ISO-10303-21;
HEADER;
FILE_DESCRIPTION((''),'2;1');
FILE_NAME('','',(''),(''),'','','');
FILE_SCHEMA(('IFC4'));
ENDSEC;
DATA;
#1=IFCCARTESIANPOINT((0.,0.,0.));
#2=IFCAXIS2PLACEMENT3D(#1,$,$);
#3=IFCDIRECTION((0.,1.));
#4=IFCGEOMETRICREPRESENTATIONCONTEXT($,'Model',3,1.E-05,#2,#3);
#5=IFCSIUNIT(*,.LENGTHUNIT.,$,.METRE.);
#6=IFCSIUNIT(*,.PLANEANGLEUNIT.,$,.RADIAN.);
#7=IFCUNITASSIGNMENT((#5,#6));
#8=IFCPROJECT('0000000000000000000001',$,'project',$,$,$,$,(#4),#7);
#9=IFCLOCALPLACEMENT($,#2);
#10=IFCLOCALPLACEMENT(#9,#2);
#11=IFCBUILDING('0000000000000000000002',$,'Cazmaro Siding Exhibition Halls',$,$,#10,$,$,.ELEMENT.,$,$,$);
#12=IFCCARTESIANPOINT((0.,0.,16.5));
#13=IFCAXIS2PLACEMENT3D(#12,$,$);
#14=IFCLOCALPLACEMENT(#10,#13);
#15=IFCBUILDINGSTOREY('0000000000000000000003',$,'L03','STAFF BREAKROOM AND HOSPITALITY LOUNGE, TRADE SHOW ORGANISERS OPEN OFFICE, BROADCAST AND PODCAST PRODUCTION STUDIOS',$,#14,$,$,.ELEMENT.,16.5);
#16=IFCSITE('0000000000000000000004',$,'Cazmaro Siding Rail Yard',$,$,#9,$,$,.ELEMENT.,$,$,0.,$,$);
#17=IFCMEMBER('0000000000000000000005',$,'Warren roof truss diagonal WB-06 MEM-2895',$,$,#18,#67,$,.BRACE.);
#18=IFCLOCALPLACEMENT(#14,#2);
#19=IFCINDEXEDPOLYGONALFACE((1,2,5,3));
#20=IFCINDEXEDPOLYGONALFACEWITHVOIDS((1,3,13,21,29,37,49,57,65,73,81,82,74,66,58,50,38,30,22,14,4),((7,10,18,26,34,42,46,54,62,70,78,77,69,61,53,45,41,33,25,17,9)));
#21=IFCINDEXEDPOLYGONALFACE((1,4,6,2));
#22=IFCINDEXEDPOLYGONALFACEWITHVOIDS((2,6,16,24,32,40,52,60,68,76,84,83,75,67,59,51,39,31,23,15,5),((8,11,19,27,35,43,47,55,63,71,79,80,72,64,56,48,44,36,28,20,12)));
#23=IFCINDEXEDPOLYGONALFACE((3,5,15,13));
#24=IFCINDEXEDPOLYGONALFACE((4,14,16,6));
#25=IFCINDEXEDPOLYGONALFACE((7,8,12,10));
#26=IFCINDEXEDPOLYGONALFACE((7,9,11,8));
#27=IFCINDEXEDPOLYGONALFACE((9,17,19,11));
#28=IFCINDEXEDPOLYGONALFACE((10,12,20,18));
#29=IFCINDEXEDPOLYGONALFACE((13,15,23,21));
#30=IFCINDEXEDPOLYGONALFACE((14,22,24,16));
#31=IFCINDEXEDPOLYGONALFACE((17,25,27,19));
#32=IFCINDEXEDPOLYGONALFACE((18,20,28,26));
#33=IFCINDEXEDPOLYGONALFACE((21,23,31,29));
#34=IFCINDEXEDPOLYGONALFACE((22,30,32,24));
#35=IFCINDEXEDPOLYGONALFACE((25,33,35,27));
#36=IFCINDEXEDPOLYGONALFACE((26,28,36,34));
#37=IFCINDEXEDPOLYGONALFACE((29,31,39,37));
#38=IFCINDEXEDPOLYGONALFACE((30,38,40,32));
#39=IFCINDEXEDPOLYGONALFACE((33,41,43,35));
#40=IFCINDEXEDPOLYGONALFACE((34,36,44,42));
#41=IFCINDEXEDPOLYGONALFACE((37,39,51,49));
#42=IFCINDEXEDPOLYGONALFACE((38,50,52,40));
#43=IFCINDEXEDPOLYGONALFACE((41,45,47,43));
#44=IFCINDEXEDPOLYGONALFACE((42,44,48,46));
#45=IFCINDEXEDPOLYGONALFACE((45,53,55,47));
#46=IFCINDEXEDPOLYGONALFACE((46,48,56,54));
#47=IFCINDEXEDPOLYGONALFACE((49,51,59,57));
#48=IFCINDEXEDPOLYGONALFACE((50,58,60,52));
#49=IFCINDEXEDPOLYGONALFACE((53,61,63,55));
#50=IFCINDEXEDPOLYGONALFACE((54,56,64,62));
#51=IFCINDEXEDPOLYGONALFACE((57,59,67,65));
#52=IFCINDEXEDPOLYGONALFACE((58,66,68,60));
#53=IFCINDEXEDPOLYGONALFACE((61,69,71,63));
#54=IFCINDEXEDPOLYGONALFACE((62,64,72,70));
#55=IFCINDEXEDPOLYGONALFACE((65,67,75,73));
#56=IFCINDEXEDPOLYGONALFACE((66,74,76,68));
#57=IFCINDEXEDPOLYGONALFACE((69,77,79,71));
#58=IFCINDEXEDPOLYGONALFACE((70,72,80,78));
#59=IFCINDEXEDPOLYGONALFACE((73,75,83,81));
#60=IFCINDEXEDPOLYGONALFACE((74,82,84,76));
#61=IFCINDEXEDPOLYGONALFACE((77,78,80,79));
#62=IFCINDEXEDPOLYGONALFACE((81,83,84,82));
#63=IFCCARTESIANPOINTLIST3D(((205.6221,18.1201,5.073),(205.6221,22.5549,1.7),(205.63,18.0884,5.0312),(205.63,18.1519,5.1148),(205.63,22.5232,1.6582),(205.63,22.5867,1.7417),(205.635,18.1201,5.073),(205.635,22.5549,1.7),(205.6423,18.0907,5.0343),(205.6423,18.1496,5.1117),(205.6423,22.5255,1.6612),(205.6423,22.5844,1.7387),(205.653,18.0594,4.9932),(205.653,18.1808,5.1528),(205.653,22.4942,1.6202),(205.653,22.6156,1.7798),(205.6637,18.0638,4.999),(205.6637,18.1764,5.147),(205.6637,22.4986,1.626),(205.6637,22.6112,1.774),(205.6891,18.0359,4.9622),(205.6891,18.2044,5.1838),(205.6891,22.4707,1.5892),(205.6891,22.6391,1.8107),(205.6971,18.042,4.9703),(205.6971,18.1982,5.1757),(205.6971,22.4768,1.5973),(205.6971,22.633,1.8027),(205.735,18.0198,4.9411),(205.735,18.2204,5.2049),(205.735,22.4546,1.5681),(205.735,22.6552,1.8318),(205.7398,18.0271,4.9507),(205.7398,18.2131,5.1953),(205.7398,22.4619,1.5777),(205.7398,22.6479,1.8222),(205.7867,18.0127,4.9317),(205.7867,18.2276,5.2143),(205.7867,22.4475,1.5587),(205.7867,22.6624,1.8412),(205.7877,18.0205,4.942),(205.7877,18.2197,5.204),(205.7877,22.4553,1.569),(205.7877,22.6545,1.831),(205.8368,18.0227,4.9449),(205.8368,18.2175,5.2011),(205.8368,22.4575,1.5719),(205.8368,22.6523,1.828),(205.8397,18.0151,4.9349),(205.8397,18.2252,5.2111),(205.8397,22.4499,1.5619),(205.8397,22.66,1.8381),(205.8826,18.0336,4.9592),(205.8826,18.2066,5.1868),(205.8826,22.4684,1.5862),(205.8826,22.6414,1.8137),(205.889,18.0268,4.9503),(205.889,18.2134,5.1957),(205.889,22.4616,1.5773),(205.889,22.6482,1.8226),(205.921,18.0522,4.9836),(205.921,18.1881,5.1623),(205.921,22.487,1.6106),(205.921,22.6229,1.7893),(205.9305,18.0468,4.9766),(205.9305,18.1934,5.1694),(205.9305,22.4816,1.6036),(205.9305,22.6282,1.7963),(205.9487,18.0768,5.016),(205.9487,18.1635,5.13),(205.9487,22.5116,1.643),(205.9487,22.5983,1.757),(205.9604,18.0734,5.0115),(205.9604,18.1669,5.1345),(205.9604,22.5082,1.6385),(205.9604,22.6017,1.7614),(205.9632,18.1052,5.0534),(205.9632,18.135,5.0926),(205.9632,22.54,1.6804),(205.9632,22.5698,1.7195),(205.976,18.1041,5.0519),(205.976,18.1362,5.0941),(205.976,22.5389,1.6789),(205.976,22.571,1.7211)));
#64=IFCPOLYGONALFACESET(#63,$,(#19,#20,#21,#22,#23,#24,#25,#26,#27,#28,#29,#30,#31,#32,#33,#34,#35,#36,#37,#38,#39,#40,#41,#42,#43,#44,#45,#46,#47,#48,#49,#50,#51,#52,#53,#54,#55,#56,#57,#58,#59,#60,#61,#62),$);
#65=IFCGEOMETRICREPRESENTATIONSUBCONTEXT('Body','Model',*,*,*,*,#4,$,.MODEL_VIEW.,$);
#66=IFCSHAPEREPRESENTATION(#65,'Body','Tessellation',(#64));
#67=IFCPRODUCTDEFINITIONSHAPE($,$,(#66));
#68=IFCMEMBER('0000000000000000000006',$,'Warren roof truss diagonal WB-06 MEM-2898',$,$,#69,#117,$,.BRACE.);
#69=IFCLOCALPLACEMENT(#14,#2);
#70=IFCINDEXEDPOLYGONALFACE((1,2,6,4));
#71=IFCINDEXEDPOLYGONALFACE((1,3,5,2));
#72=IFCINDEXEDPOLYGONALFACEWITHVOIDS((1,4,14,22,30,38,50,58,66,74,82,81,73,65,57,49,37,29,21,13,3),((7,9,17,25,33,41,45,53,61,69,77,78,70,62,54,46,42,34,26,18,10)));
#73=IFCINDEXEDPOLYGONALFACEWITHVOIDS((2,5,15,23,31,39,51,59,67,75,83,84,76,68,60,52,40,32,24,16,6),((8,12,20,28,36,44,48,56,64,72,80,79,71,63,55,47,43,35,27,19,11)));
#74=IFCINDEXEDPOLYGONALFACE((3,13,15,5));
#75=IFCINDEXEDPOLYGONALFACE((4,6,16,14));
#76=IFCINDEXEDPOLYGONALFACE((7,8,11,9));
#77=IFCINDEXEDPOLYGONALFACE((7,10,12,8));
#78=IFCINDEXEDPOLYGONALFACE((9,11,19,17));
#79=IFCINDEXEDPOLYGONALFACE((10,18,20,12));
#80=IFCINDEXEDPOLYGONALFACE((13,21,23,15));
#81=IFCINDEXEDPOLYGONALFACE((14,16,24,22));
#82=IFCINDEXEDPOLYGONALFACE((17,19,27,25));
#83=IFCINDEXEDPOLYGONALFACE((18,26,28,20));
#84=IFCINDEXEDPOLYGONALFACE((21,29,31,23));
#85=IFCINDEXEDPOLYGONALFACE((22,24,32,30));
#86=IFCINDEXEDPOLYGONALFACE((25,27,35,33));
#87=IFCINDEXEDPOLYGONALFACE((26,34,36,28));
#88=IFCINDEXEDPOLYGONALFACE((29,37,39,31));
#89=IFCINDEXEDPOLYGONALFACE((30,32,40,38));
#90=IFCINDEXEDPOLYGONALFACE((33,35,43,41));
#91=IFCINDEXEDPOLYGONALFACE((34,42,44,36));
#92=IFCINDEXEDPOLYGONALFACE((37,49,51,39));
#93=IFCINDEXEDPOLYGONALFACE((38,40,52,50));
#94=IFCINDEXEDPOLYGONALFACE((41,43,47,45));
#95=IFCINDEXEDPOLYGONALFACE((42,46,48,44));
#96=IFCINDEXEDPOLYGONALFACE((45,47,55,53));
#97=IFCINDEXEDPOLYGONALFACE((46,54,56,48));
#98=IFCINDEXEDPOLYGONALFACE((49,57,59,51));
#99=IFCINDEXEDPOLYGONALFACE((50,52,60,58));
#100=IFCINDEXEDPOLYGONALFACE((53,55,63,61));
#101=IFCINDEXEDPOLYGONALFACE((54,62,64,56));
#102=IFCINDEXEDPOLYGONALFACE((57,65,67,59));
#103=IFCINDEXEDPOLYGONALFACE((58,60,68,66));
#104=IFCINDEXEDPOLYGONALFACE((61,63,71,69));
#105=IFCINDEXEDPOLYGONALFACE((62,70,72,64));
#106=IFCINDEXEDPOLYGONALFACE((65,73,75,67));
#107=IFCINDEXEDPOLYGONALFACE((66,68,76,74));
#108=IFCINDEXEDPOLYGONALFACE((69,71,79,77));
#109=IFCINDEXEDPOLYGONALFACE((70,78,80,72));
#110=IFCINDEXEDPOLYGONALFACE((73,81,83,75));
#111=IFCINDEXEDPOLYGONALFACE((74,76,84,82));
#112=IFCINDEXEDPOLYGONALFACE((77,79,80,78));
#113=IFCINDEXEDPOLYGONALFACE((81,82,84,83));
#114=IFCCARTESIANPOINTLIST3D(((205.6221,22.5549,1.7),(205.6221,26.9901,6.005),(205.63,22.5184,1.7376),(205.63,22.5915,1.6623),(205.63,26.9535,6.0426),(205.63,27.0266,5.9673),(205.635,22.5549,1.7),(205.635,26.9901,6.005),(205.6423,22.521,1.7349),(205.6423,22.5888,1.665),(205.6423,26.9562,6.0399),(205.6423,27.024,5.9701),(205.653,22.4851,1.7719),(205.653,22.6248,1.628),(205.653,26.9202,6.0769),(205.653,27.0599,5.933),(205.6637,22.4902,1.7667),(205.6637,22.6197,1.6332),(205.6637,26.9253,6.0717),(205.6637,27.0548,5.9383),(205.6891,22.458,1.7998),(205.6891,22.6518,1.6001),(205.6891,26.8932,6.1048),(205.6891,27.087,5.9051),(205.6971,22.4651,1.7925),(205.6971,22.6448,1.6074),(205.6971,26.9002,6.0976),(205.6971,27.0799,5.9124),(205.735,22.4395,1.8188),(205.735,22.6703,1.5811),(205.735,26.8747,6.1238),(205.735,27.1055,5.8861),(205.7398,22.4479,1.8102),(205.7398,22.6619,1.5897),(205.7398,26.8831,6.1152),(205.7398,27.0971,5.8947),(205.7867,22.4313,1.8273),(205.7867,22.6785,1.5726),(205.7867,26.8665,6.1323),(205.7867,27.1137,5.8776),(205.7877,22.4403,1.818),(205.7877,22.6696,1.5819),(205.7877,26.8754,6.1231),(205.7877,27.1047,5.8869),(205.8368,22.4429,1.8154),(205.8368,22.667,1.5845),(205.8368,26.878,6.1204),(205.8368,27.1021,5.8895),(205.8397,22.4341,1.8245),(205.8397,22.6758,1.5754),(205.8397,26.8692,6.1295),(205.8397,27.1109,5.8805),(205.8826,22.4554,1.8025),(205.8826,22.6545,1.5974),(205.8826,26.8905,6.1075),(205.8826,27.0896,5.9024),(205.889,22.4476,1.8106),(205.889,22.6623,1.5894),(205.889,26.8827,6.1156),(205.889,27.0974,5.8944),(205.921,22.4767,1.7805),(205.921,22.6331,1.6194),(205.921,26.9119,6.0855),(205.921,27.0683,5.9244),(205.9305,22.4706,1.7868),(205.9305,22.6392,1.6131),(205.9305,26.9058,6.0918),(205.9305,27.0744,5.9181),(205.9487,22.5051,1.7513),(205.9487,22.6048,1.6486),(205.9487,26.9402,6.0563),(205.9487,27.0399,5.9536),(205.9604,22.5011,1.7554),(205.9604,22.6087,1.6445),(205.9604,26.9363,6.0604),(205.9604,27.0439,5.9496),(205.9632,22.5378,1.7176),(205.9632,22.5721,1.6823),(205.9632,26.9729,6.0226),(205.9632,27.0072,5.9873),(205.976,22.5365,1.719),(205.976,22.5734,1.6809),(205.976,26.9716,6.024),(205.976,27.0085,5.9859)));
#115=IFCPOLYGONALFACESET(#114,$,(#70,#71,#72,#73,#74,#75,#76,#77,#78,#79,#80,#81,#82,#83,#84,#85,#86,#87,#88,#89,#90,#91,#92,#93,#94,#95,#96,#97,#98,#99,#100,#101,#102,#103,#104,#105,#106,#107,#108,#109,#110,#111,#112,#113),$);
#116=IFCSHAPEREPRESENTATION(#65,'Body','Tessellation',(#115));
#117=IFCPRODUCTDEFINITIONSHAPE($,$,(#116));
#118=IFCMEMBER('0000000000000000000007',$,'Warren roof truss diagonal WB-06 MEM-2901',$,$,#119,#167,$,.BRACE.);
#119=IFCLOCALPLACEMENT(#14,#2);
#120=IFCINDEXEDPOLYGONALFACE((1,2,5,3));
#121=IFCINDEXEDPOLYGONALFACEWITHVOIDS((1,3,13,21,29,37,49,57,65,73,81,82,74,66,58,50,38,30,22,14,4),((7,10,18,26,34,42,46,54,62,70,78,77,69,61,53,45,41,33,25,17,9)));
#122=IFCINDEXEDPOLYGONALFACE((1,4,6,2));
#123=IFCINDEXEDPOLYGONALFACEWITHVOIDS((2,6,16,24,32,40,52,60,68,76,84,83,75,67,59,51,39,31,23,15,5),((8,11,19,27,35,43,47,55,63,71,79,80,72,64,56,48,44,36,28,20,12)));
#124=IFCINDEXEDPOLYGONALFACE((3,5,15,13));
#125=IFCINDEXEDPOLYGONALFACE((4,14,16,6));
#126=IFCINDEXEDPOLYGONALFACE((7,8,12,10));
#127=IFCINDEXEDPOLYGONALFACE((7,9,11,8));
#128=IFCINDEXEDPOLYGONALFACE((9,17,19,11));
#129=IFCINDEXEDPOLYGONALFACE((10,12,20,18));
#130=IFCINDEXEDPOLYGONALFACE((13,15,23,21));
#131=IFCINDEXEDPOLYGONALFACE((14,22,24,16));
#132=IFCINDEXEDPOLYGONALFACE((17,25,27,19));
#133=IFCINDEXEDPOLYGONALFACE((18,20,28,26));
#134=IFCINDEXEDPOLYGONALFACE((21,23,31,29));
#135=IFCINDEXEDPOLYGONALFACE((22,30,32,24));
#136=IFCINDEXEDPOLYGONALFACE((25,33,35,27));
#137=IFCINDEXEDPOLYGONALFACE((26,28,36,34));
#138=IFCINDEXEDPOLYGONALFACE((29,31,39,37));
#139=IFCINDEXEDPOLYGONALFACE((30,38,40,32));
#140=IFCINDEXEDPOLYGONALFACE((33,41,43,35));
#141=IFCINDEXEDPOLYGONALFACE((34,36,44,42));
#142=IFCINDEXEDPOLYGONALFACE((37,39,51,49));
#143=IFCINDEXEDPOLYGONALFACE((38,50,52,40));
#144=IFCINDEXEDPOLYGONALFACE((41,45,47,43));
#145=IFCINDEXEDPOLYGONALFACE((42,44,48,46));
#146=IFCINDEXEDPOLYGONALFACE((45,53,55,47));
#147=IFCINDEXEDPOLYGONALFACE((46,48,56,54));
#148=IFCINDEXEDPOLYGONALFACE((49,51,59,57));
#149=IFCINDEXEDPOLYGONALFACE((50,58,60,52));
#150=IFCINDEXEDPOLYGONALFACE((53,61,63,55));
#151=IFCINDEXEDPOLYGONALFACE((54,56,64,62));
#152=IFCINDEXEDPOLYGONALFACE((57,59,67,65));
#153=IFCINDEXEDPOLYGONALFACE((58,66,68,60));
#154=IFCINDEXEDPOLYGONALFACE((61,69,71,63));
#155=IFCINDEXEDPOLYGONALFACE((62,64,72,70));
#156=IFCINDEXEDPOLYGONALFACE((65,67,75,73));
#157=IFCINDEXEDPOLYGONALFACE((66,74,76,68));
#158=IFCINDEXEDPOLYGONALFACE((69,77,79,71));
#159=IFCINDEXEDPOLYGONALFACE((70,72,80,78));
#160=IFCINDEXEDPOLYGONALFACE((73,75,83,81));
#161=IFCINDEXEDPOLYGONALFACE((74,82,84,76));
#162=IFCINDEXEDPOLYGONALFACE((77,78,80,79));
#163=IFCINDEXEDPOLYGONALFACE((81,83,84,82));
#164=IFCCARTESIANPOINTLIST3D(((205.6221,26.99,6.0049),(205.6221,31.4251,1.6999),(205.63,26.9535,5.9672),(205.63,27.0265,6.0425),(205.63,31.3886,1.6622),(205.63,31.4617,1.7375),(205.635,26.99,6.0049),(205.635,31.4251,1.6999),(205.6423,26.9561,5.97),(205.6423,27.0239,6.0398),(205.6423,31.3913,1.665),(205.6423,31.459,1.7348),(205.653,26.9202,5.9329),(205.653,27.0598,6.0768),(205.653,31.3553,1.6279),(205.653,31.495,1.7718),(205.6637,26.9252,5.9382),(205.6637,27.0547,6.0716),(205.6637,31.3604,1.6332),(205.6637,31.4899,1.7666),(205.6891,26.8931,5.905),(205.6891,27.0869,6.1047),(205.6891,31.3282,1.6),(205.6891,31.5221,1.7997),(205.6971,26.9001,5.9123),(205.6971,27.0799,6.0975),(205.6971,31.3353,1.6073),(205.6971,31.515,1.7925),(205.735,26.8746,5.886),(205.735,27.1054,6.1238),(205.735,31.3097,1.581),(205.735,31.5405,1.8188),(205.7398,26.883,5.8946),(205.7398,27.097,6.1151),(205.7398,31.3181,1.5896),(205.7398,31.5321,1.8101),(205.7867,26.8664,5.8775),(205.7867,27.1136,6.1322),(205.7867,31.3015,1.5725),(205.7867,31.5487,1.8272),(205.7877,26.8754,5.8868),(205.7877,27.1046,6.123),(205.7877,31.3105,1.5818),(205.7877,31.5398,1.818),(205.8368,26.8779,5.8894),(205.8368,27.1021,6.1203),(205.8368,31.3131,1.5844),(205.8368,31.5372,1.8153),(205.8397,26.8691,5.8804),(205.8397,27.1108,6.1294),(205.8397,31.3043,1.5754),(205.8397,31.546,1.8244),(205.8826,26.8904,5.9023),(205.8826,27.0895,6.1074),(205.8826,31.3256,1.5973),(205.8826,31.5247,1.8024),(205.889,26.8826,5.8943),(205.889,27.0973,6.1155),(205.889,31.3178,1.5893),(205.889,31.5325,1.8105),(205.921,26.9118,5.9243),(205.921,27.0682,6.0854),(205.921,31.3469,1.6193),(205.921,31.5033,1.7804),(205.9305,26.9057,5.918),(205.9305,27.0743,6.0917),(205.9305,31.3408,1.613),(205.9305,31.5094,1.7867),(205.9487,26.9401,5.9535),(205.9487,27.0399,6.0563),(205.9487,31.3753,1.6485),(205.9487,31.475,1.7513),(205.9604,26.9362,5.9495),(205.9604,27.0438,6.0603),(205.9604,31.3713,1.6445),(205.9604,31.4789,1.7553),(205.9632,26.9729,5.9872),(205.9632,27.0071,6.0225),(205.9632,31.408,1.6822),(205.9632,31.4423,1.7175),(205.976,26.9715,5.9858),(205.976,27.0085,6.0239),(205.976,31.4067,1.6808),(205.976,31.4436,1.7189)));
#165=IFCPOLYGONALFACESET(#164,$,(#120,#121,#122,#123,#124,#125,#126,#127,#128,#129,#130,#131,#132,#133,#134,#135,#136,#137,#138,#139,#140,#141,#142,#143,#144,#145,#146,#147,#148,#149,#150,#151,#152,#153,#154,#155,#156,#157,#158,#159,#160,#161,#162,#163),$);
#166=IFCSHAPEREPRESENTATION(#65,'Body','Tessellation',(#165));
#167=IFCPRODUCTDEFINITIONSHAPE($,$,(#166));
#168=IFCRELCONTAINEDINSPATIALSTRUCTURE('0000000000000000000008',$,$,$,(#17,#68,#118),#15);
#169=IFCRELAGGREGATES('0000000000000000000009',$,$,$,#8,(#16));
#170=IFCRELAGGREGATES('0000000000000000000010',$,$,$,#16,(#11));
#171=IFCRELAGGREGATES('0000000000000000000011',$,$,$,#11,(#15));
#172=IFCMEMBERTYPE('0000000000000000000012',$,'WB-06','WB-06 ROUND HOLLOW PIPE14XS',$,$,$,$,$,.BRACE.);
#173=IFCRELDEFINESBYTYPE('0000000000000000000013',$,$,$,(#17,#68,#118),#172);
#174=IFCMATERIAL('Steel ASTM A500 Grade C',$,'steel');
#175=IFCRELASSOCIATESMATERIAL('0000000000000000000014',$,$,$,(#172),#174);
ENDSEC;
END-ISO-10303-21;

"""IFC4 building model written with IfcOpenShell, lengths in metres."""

from ifc_helpers import new_model, si_unit, direction, frame, origin, origin_2d, place, context, subcontext, project, spatial, hollow_circle, extrude, material, material_profile, profile_set, type_object, element, save


model = new_model("IFC4")

# Units and contexts
model_context = context("Model", 3, precision=1e-05, world=origin(), true_north=direction((0.0, 1.0)))
body_context = subcontext(model_context, "Body", "Model", "MODEL_VIEW")
ifc_project = project(units=[si_unit("LENGTHUNIT", "METRE"), si_unit("PLANEANGLEUNIT", "RADIAN")], contexts=[model_context])

# Site, building, storey
site_placement = place(None, origin())
site = spatial("IfcSite", under=ifc_project, at=site_placement, Name="Cazmaro Siding Rail Yard", CompositionType="ELEMENT", RefElevation=0.0)
building_placement = place(site_placement, origin())
building = spatial("IfcBuilding", under=site, at=building_placement, Name="Cazmaro Siding Exhibition Halls", CompositionType="ELEMENT")
storey_placement = place(building_placement, frame((0.0, 0.0, 16.5)))
storey = spatial("IfcBuildingStorey", under=building, at=storey_placement, Name="L03", Description="STAFF BREAKROOM AND HOSPITALITY LOUNGE, TRADE SHOW ORGANISERS OPEN OFFICE, BROADCAST AND PODCAST PRODUCTION STUDIOS", CompositionType="ELEMENT", Elevation=16.5)

# Members
ifc_material_1 = material(Name="Steel ASTM A500 Grade C", Category="steel")
ifc_material_profile_1 = material_profile(ifc_material_1, hollow_circle(Radius=0.178, WallThickness=0.0129, at=origin_2d()), Name="PIPE14XS")
ifc_profile_set_1 = profile_set([ifc_material_profile_1], Name="Steel ASTM A500 Grade C")
member_type_1 = type_object("IfcMemberType", Name="WB-06", Description="WB-06 ROUND HOLLOW PIPE14XS", PredefinedType="BRACE", material=ifc_profile_set_1)
member_1_placement = place(storey_placement, frame((205.8, 18.1201, 5.073), z_axis=(0.0, 0.795938, -0.605378), x_axis=(-1.0, 0.0, 0.0)))
element("IfcMember", 1, at=member_1_placement, inside=storey, type_object=member_type_1, Name="Warren roof truss diagonal WB-06 MEM-2895", PredefinedType="BRACE", context=body_context, shape_type="SweptSolid", body=[
    extrude(hollow_circle(Radius=0.178, WallThickness=0.0129, at=origin_2d()), origin(), (0.0, 0.0, 1.0), 5.5718),
])
for number, where, z_axis, x_axis, name in (
    (2, (205.8, 22.5549, 1.7), (0.0, 0.717555, 0.696502), (-1.0, 0.0, 0.0), "Warren roof truss diagonal WB-06 MEM-2898"),
    (3, (205.8, 26.99, 6.0049), (0.0, 0.717555, -0.696502), (-1.0, 0.0, 0.0), "Warren roof truss diagonal WB-06 MEM-2901"),
):
    element("IfcMember", number, at=place(storey_placement, frame(where, z_axis=z_axis, x_axis=x_axis)), inside=storey, type_object=member_type_1, Name=name, PredefinedType="BRACE", context=body_context, shape_type="SweptSolid", body=[
        extrude(hollow_circle(Radius=0.178, WallThickness=0.0129, at=origin_2d()), origin(), (0.0, 0.0, 1.0), 6.1809),
    ])

save(model, "model.ifc")
